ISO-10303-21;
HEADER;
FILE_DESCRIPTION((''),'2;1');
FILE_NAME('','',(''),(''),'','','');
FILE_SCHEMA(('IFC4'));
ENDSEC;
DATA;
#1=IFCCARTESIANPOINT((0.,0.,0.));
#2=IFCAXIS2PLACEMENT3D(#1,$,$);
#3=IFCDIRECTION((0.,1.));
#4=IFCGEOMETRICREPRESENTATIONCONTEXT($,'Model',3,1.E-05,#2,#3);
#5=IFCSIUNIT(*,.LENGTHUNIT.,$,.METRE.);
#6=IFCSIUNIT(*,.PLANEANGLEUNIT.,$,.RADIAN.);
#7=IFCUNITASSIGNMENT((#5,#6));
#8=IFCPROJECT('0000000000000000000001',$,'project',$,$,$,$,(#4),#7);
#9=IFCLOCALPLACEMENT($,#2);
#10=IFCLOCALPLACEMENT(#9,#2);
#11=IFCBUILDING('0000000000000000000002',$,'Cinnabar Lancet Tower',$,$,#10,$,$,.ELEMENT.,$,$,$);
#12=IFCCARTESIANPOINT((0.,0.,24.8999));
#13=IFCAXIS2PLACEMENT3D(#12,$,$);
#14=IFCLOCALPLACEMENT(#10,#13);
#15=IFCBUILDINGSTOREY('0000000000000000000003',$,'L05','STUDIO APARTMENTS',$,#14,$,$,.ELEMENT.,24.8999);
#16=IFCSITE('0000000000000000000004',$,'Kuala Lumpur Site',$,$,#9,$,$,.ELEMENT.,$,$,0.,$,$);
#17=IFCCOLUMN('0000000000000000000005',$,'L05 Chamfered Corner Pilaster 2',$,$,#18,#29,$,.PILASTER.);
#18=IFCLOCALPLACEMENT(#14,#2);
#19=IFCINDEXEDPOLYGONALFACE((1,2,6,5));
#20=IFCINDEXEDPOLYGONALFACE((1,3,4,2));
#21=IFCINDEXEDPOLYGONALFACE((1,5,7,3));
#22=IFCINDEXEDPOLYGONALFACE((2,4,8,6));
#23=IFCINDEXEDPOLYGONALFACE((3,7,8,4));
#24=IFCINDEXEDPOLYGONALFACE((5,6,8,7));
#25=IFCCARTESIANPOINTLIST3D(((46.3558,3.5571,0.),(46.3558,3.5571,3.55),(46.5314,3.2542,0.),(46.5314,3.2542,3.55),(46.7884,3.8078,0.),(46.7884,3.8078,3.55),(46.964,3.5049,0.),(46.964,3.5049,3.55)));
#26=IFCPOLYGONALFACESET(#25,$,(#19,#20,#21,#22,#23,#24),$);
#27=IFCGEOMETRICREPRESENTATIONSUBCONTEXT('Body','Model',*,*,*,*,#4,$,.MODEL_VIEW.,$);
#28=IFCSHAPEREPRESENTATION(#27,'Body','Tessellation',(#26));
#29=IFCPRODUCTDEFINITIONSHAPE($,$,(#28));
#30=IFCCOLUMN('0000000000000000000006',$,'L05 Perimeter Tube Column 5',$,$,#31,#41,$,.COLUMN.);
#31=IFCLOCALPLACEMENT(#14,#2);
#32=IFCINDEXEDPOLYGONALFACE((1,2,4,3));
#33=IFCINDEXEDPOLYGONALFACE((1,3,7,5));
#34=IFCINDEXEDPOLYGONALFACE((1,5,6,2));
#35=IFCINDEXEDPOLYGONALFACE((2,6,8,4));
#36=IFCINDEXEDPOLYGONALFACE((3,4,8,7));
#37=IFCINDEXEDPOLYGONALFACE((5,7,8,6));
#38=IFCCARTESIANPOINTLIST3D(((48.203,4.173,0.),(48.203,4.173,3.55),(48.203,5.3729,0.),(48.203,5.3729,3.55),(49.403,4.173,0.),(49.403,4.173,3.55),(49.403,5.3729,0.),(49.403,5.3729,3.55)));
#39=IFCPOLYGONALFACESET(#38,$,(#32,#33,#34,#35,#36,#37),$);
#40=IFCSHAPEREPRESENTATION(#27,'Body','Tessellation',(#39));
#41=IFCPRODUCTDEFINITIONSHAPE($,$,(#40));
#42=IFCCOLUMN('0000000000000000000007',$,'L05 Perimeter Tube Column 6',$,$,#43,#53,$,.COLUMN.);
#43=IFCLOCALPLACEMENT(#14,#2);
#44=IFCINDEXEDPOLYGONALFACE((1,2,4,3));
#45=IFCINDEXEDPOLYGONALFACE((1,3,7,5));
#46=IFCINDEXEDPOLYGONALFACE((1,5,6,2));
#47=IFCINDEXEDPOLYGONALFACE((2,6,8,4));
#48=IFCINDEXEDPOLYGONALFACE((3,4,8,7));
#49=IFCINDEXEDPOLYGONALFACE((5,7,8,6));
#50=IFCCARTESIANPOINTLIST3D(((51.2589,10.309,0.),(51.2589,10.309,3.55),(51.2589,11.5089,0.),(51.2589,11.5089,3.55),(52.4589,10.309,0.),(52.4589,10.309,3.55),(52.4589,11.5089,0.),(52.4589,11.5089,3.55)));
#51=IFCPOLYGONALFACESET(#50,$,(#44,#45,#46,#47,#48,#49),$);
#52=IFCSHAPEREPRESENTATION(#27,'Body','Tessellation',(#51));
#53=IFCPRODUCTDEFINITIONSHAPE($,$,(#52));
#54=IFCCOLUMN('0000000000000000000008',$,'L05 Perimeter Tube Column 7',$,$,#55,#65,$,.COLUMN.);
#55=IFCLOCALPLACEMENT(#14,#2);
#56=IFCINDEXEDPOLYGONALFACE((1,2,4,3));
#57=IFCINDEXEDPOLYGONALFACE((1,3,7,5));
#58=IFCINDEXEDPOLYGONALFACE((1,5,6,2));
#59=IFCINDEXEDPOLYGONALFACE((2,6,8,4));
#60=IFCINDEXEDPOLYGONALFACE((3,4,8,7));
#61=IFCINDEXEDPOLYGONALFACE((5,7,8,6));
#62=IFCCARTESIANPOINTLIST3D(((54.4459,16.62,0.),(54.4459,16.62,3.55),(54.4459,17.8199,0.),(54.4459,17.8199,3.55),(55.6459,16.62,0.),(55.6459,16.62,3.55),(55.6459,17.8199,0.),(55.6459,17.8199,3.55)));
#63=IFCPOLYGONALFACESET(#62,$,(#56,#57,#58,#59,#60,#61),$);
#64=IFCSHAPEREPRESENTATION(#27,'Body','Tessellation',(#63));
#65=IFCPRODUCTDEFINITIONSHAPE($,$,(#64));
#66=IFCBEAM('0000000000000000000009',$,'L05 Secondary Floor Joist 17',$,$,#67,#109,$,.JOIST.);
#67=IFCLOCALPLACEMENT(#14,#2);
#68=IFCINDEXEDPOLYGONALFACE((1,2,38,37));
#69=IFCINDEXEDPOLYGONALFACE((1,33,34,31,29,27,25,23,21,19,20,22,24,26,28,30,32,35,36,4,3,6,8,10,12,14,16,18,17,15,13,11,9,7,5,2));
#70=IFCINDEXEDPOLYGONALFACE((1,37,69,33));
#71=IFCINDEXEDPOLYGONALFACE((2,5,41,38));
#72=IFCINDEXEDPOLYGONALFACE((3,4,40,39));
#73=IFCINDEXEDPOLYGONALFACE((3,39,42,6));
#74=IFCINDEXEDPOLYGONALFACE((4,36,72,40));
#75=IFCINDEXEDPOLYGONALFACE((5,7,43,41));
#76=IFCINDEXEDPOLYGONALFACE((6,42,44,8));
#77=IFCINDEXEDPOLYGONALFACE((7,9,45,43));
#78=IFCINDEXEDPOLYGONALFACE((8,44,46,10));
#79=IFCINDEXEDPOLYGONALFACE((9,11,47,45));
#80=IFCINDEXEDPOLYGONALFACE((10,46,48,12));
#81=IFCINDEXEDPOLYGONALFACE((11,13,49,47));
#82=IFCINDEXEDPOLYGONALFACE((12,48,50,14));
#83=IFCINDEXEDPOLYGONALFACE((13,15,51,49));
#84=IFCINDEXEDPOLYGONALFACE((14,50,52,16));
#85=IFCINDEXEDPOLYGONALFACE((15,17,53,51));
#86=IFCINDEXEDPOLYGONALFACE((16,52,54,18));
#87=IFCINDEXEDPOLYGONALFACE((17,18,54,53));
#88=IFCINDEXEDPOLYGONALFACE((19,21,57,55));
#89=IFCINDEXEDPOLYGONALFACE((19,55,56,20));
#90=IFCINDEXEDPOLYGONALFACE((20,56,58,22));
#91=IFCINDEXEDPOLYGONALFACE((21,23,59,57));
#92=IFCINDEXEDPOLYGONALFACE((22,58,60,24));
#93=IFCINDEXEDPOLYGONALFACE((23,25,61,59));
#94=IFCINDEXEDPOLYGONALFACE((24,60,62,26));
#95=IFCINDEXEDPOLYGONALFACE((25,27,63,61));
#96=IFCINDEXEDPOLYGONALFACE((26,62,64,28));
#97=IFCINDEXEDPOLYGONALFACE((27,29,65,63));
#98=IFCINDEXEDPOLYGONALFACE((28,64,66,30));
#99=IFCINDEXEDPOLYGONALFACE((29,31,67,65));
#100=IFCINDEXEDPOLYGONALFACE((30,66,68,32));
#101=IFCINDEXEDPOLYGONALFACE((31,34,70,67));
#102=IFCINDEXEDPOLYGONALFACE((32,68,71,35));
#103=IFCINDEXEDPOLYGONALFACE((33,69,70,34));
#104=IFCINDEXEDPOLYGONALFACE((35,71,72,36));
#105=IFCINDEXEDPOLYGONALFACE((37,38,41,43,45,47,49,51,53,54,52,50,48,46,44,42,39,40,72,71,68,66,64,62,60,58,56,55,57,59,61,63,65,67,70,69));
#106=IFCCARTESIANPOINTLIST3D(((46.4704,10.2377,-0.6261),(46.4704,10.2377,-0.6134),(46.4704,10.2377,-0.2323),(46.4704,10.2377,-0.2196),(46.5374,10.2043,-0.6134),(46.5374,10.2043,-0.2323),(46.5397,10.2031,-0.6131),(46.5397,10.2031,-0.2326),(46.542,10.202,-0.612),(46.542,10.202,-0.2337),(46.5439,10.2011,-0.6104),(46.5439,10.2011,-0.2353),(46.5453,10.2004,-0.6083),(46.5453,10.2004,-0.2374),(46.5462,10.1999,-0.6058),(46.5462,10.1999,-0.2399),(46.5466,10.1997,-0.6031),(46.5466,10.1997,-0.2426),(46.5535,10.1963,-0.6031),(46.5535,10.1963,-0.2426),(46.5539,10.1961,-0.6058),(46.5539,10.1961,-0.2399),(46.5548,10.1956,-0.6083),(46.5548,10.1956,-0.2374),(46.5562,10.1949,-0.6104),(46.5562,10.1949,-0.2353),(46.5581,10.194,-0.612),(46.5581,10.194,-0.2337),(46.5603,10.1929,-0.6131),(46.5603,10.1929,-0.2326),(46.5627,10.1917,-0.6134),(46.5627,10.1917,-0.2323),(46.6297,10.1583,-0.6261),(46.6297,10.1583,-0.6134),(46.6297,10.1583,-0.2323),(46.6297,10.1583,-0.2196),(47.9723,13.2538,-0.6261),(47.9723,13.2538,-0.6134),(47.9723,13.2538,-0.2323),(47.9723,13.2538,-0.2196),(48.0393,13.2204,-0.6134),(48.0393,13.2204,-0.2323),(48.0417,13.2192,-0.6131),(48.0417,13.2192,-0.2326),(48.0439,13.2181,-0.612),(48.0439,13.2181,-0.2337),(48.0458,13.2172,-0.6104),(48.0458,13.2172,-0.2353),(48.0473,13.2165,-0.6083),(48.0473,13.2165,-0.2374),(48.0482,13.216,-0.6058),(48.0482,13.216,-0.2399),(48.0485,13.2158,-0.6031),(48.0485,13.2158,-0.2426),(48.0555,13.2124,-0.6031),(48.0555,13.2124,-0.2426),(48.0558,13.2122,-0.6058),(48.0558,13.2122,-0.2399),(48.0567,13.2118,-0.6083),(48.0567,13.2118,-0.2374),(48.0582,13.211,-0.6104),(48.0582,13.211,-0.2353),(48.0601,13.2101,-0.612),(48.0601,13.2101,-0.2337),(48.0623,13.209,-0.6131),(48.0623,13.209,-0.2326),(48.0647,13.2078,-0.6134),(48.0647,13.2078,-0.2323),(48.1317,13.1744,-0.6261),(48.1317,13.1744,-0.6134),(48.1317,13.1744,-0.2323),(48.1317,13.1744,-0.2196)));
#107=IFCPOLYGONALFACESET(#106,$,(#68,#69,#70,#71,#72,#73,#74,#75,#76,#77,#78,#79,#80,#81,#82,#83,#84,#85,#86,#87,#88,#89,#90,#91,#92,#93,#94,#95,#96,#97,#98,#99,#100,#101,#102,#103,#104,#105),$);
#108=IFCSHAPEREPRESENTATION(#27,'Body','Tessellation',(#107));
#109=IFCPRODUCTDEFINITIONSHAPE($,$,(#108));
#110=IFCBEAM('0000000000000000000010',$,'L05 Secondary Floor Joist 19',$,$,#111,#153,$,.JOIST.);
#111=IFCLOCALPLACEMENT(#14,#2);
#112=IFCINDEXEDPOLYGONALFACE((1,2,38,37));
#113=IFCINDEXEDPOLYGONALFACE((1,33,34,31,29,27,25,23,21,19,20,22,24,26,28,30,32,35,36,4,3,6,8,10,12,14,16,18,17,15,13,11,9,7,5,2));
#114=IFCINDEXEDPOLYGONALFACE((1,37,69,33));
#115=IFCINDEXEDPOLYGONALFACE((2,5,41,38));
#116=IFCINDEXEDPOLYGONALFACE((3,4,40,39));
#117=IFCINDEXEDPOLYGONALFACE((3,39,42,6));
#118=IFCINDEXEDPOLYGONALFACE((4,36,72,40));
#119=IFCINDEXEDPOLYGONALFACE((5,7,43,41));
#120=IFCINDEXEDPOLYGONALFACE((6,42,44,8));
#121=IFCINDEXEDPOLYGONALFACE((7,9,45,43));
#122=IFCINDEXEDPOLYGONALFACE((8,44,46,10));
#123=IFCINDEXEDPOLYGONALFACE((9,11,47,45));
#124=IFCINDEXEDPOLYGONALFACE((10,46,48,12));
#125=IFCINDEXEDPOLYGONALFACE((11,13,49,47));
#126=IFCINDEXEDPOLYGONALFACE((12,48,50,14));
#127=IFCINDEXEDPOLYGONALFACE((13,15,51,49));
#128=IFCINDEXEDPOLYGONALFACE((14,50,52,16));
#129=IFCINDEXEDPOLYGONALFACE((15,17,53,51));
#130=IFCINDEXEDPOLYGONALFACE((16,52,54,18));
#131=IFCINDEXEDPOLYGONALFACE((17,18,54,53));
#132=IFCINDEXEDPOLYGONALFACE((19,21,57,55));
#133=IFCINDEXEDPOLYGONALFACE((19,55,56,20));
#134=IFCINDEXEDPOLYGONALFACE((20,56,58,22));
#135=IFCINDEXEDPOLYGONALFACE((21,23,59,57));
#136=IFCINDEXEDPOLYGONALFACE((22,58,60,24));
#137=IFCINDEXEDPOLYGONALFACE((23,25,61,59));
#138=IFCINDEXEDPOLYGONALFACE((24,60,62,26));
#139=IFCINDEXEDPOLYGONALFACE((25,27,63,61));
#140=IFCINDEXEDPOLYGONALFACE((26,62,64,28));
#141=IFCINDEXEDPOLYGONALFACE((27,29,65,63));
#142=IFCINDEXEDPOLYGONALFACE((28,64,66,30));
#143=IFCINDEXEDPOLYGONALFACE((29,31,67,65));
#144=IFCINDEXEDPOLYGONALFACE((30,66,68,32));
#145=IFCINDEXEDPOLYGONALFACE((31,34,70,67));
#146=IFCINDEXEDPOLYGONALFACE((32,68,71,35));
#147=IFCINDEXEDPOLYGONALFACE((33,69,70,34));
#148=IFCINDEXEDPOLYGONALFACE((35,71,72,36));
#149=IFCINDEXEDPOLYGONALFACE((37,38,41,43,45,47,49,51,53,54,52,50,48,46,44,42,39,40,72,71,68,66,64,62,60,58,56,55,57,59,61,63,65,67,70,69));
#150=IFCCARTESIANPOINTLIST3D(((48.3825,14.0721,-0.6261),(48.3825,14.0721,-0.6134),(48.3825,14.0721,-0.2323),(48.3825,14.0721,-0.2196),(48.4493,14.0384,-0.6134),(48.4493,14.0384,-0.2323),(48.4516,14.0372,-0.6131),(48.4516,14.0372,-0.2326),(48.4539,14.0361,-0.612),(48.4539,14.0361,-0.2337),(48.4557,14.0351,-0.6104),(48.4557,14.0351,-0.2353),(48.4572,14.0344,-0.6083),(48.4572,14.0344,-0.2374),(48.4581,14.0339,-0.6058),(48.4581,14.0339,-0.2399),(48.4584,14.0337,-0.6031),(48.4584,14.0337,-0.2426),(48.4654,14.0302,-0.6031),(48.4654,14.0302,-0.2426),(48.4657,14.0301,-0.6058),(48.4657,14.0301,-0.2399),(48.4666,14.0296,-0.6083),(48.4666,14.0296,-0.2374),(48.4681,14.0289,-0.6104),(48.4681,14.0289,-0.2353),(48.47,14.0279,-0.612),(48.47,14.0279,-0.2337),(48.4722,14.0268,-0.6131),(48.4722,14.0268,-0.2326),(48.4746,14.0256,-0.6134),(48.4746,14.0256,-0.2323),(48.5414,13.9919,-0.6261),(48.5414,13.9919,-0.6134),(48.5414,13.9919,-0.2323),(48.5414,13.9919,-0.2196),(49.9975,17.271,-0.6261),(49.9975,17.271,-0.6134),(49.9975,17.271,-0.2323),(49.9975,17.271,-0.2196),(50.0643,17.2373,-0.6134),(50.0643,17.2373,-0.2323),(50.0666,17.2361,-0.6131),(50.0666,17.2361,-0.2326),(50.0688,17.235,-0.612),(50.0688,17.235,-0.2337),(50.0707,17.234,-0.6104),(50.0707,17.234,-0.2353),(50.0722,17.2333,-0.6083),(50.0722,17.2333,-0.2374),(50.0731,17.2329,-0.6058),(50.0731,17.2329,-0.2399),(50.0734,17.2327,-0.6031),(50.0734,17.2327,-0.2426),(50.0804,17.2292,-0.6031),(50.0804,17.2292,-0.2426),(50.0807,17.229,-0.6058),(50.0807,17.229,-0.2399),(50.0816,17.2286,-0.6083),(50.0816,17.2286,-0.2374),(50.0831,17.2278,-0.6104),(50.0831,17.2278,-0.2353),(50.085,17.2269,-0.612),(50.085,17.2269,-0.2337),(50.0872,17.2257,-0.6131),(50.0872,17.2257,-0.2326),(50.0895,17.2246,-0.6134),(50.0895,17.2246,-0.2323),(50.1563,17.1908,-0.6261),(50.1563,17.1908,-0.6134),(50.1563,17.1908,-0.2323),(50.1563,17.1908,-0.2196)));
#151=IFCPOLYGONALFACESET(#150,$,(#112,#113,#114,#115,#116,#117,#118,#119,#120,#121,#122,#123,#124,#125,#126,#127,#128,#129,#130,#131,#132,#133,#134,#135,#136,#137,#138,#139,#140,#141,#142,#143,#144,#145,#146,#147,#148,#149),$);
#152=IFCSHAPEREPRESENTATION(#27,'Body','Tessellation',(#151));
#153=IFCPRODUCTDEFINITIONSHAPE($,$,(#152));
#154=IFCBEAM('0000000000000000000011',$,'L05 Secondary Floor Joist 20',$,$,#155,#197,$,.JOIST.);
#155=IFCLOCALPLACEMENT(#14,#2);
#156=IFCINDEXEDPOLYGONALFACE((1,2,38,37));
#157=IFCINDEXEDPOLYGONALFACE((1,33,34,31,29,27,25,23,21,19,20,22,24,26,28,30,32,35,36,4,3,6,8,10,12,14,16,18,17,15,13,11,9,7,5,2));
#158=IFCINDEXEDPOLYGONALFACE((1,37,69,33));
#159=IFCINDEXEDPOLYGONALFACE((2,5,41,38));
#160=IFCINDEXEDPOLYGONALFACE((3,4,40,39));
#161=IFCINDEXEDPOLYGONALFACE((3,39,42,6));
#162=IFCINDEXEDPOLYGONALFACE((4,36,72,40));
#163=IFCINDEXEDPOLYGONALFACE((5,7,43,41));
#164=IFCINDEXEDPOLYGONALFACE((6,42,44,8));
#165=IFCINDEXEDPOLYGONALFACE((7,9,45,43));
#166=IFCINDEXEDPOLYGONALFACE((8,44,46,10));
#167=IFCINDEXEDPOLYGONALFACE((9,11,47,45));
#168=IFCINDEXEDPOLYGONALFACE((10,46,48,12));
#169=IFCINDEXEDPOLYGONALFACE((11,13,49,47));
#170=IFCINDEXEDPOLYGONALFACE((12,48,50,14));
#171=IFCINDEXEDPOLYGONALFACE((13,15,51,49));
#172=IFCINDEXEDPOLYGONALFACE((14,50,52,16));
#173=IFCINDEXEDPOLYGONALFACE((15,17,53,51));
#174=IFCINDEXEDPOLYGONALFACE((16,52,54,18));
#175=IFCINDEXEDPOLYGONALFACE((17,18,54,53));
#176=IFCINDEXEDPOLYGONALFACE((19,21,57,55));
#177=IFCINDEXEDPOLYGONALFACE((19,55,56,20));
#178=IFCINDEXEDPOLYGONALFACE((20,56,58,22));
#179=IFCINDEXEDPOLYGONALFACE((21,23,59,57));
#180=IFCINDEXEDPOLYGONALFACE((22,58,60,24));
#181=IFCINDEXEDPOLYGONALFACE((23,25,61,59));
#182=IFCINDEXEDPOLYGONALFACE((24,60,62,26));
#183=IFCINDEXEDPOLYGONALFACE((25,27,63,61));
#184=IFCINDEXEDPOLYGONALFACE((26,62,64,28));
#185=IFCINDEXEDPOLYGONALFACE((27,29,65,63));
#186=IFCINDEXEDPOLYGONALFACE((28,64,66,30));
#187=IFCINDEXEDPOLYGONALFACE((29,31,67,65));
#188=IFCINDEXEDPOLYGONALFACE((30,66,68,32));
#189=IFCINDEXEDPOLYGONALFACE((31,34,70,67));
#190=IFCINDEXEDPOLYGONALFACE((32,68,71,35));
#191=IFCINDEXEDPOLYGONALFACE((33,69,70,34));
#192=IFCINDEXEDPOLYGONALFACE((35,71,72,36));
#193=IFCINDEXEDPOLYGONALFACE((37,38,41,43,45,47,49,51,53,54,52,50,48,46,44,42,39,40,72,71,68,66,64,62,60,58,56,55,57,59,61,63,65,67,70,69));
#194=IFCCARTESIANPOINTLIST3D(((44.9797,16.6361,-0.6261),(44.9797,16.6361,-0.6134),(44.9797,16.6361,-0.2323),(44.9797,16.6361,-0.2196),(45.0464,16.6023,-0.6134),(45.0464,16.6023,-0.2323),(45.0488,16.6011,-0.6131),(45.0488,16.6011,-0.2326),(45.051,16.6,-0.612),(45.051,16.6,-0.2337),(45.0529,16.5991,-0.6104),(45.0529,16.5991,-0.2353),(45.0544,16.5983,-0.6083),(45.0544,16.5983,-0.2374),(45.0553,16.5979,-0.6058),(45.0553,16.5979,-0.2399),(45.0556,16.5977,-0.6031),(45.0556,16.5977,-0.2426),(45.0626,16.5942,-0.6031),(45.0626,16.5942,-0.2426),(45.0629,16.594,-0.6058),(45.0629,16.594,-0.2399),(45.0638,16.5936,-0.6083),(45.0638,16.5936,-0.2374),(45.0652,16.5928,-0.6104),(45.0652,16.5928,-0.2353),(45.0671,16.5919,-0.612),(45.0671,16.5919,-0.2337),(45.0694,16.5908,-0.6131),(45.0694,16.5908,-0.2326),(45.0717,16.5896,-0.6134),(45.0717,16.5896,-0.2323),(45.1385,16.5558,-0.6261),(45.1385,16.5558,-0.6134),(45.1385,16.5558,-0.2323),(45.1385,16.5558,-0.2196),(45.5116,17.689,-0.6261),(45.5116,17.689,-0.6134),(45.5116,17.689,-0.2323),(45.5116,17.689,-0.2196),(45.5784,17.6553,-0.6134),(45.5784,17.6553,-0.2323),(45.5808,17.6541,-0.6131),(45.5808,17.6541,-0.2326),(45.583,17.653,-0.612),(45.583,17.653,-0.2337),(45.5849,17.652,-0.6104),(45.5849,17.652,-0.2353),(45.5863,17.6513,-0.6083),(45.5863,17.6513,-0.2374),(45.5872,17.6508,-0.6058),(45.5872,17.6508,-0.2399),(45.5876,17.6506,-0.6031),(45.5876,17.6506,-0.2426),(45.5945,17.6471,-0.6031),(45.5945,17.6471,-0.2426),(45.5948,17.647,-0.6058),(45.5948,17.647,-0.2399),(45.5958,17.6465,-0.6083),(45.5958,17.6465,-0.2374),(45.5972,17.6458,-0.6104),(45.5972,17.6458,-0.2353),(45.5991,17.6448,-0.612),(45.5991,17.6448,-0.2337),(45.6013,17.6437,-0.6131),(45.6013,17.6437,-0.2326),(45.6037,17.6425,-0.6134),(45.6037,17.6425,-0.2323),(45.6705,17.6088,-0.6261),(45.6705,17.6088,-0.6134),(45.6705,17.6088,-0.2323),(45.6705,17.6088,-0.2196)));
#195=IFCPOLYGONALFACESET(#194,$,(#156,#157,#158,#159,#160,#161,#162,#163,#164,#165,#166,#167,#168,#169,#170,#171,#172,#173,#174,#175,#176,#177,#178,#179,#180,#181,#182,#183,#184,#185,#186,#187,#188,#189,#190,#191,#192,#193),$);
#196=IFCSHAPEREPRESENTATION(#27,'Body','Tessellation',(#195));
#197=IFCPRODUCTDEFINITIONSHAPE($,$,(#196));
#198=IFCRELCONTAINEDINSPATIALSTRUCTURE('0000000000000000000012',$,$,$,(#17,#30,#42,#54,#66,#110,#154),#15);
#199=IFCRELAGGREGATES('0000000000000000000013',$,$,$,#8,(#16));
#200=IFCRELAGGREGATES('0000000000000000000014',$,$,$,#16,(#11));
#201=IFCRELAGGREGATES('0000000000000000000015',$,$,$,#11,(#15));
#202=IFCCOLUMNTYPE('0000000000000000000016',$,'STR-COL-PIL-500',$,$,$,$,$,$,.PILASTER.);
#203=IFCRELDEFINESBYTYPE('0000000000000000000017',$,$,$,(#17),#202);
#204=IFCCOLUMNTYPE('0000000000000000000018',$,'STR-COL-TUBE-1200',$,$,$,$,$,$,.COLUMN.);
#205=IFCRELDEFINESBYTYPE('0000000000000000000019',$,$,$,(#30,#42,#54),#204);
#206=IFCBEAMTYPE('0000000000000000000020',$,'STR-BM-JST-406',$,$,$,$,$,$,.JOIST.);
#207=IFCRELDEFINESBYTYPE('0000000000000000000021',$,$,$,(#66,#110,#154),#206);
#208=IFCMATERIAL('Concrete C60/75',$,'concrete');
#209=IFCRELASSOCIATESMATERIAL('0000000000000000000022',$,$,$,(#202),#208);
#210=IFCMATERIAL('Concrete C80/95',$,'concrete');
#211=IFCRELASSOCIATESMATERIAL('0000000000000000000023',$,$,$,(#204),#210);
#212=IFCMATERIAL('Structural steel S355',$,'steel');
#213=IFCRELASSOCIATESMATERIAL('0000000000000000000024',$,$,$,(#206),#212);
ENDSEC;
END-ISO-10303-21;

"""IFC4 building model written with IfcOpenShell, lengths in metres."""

from ifc_helpers import new_model, si_unit, direction, frame, origin, origin_2d, place, context, subcontext, project, spatial, rectangle, i_section, extrude, material, material_profile, profile_set, type_object, element, save


model = new_model("IFC4")

# Units and contexts
model_context = context("Model", 3, precision=1e-05, world=origin(), true_north=direction((0.0, 1.0)))
body_context = subcontext(model_context, "Body", "Model", "MODEL_VIEW")
ifc_project = project(units=[si_unit("LENGTHUNIT", "METRE"), si_unit("PLANEANGLEUNIT", "RADIAN")], contexts=[model_context])

# Site, building, storey
site_placement = place(None, origin())
site = spatial("IfcSite", under=ifc_project, at=site_placement, Name="Kuala Lumpur Site", CompositionType="ELEMENT", RefElevation=0.0)
building_placement = place(site_placement, origin())
building = spatial("IfcBuilding", under=site, at=building_placement, Name="Cinnabar Lancet Tower", CompositionType="ELEMENT")
storey_placement = place(building_placement, frame((0.0, 0.0, 24.8999)))
storey = spatial("IfcBuildingStorey", under=building, at=storey_placement, Name="L05", Description="STUDIO APARTMENTS", CompositionType="ELEMENT", Elevation=24.8999)

# Columns
ifc_material_1 = material(Name="Concrete C60/75", Category="concrete")
ifc_material_profile_1 = material_profile(ifc_material_1, rectangle(XDim=0.5, YDim=0.3501, at=origin_2d()), Name="RC-PIL 500x350")
ifc_profile_set_1 = profile_set([ifc_material_profile_1], Name="Concrete C60/75")
column_type_1 = type_object("IfcColumnType", Name="STR-COL-PIL-500", PredefinedType="PILASTER", material=ifc_profile_set_1)
column_placement = place(storey_placement, frame((46.6599, 3.531, 0.0), z_axis=(0.0, 0.0, 1.0), x_axis=(0.865195, 0.501435, 0.0)))
element("IfcColumn", 1, at=column_placement, inside=storey, type_object=column_type_1, Name="L05 Chamfered Corner Pilaster 2", PredefinedType="PILASTER", context=body_context, shape_type="SweptSolid", body=[
    extrude(rectangle(XDim=0.5, YDim=0.3501, at=origin_2d()), origin(), (0.0, 0.0, 1.0), 3.55),
])
ifc_material_2 = material(Name="Concrete C80/95", Category="concrete")
ifc_material_profile_2 = material_profile(ifc_material_2, rectangle(XDim=1.2, YDim=1.2, at=origin_2d()), Name="RC-COL 1200x1200")
ifc_profile_set_2 = profile_set([ifc_material_profile_2], Name="Concrete C80/95")
column_type_2 = type_object("IfcColumnType", Name="STR-COL-TUBE-1200", PredefinedType="COLUMN", material=ifc_profile_set_2)
for number, where, z_axis, x_axis, name in (
    (2, (48.803, 4.7729, 0.0), (0.0, 0.0, 1.0), (1.0, 0.0, 0.0), "L05 Perimeter Tube Column 5"),
    (3, (51.8589, 10.9089, 0.0), (0.0, 0.0, 1.0), (1.0, 0.0, 0.0), "L05 Perimeter Tube Column 6"),
    (4, (55.0459, 17.22, 0.0), (0.0, 0.0, 1.0), (1.0, 0.0, 0.0), "L05 Perimeter Tube Column 7"),
):
    element("IfcColumn", number, at=place(storey_placement, frame(where, z_axis=z_axis, x_axis=x_axis)), inside=storey, type_object=column_type_2, Name=name, PredefinedType="COLUMN", context=body_context, shape_type="SweptSolid", body=[
        extrude(rectangle(XDim=1.2, YDim=1.2, at=origin_2d()), origin(), (0.0, 0.0, 1.0), 3.55),
    ])

# Beams
ifc_material_3 = material(Name="Structural steel S355", Category="steel")
ifc_material_profile_3 = material_profile(ifc_material_3, i_section(OverallWidth=0.178, OverallDepth=0.4065, WebThickness=0.0078, FlangeThickness=0.0127, FilletRadius=0.0103, at=origin_2d()), Name="UKB 406x178x60")
ifc_profile_set_3 = profile_set([ifc_material_profile_3], Name="Structural steel S355")
beam_type_1 = type_object("IfcBeamType", Name="STR-BM-JST-406", PredefinedType="JOIST", material=ifc_profile_set_3)
beam_1_placement = place(storey_placement, frame((46.55, 10.198, -0.4229), z_axis=(0.445764, 0.895151, 0.0), x_axis=(-0.895151, 0.445764, 0.0)))
element("IfcBeam", 5, at=beam_1_placement, inside=storey, type_object=beam_type_1, Name="L05 Secondary Floor Joist 17", PredefinedType="JOIST", context=body_context, shape_type="SweptSolid", body=[
    extrude(i_section(OverallWidth=0.178, OverallDepth=0.4065, WebThickness=0.0078, FlangeThickness=0.0127, FilletRadius=0.0103, at=origin_2d()), origin(), (0.0, 0.0, 1.0), 3.3694),
])
beam_2_placement = place(storey_placement, frame((48.4619, 14.032, -0.4229), z_axis=(0.450671, 0.89269, 0.0), x_axis=(-0.89269, 0.450671, 0.0)))
element("IfcBeam", 6, at=beam_2_placement, inside=storey, type_object=beam_type_1, Name="L05 Secondary Floor Joist 19", PredefinedType="JOIST", context=body_context, shape_type="SweptSolid", body=[
    extrude(i_section(OverallWidth=0.178, OverallDepth=0.4065, WebThickness=0.0078, FlangeThickness=0.0127, FilletRadius=0.0103, at=origin_2d()), origin(), (0.0, 0.0, 1.0), 3.5835),
])
beam_3_placement = place(storey_placement, frame((45.0591, 16.5959, -0.4229), z_axis=(0.450935, 0.892557, 0.0), x_axis=(-0.892557, 0.450935, 0.0)))
element("IfcBeam", 7, at=beam_3_placement, inside=storey, type_object=beam_type_1, Name="L05 Secondary Floor Joist 20", PredefinedType="JOIST", context=body_context, shape_type="SweptSolid", body=[
    extrude(i_section(OverallWidth=0.178, OverallDepth=0.4065, WebThickness=0.0078, FlangeThickness=0.0127, FilletRadius=0.0103, at=origin_2d()), origin(), (0.0, 0.0, 1.0), 1.1797),
])

save(model, "model.ifc")
